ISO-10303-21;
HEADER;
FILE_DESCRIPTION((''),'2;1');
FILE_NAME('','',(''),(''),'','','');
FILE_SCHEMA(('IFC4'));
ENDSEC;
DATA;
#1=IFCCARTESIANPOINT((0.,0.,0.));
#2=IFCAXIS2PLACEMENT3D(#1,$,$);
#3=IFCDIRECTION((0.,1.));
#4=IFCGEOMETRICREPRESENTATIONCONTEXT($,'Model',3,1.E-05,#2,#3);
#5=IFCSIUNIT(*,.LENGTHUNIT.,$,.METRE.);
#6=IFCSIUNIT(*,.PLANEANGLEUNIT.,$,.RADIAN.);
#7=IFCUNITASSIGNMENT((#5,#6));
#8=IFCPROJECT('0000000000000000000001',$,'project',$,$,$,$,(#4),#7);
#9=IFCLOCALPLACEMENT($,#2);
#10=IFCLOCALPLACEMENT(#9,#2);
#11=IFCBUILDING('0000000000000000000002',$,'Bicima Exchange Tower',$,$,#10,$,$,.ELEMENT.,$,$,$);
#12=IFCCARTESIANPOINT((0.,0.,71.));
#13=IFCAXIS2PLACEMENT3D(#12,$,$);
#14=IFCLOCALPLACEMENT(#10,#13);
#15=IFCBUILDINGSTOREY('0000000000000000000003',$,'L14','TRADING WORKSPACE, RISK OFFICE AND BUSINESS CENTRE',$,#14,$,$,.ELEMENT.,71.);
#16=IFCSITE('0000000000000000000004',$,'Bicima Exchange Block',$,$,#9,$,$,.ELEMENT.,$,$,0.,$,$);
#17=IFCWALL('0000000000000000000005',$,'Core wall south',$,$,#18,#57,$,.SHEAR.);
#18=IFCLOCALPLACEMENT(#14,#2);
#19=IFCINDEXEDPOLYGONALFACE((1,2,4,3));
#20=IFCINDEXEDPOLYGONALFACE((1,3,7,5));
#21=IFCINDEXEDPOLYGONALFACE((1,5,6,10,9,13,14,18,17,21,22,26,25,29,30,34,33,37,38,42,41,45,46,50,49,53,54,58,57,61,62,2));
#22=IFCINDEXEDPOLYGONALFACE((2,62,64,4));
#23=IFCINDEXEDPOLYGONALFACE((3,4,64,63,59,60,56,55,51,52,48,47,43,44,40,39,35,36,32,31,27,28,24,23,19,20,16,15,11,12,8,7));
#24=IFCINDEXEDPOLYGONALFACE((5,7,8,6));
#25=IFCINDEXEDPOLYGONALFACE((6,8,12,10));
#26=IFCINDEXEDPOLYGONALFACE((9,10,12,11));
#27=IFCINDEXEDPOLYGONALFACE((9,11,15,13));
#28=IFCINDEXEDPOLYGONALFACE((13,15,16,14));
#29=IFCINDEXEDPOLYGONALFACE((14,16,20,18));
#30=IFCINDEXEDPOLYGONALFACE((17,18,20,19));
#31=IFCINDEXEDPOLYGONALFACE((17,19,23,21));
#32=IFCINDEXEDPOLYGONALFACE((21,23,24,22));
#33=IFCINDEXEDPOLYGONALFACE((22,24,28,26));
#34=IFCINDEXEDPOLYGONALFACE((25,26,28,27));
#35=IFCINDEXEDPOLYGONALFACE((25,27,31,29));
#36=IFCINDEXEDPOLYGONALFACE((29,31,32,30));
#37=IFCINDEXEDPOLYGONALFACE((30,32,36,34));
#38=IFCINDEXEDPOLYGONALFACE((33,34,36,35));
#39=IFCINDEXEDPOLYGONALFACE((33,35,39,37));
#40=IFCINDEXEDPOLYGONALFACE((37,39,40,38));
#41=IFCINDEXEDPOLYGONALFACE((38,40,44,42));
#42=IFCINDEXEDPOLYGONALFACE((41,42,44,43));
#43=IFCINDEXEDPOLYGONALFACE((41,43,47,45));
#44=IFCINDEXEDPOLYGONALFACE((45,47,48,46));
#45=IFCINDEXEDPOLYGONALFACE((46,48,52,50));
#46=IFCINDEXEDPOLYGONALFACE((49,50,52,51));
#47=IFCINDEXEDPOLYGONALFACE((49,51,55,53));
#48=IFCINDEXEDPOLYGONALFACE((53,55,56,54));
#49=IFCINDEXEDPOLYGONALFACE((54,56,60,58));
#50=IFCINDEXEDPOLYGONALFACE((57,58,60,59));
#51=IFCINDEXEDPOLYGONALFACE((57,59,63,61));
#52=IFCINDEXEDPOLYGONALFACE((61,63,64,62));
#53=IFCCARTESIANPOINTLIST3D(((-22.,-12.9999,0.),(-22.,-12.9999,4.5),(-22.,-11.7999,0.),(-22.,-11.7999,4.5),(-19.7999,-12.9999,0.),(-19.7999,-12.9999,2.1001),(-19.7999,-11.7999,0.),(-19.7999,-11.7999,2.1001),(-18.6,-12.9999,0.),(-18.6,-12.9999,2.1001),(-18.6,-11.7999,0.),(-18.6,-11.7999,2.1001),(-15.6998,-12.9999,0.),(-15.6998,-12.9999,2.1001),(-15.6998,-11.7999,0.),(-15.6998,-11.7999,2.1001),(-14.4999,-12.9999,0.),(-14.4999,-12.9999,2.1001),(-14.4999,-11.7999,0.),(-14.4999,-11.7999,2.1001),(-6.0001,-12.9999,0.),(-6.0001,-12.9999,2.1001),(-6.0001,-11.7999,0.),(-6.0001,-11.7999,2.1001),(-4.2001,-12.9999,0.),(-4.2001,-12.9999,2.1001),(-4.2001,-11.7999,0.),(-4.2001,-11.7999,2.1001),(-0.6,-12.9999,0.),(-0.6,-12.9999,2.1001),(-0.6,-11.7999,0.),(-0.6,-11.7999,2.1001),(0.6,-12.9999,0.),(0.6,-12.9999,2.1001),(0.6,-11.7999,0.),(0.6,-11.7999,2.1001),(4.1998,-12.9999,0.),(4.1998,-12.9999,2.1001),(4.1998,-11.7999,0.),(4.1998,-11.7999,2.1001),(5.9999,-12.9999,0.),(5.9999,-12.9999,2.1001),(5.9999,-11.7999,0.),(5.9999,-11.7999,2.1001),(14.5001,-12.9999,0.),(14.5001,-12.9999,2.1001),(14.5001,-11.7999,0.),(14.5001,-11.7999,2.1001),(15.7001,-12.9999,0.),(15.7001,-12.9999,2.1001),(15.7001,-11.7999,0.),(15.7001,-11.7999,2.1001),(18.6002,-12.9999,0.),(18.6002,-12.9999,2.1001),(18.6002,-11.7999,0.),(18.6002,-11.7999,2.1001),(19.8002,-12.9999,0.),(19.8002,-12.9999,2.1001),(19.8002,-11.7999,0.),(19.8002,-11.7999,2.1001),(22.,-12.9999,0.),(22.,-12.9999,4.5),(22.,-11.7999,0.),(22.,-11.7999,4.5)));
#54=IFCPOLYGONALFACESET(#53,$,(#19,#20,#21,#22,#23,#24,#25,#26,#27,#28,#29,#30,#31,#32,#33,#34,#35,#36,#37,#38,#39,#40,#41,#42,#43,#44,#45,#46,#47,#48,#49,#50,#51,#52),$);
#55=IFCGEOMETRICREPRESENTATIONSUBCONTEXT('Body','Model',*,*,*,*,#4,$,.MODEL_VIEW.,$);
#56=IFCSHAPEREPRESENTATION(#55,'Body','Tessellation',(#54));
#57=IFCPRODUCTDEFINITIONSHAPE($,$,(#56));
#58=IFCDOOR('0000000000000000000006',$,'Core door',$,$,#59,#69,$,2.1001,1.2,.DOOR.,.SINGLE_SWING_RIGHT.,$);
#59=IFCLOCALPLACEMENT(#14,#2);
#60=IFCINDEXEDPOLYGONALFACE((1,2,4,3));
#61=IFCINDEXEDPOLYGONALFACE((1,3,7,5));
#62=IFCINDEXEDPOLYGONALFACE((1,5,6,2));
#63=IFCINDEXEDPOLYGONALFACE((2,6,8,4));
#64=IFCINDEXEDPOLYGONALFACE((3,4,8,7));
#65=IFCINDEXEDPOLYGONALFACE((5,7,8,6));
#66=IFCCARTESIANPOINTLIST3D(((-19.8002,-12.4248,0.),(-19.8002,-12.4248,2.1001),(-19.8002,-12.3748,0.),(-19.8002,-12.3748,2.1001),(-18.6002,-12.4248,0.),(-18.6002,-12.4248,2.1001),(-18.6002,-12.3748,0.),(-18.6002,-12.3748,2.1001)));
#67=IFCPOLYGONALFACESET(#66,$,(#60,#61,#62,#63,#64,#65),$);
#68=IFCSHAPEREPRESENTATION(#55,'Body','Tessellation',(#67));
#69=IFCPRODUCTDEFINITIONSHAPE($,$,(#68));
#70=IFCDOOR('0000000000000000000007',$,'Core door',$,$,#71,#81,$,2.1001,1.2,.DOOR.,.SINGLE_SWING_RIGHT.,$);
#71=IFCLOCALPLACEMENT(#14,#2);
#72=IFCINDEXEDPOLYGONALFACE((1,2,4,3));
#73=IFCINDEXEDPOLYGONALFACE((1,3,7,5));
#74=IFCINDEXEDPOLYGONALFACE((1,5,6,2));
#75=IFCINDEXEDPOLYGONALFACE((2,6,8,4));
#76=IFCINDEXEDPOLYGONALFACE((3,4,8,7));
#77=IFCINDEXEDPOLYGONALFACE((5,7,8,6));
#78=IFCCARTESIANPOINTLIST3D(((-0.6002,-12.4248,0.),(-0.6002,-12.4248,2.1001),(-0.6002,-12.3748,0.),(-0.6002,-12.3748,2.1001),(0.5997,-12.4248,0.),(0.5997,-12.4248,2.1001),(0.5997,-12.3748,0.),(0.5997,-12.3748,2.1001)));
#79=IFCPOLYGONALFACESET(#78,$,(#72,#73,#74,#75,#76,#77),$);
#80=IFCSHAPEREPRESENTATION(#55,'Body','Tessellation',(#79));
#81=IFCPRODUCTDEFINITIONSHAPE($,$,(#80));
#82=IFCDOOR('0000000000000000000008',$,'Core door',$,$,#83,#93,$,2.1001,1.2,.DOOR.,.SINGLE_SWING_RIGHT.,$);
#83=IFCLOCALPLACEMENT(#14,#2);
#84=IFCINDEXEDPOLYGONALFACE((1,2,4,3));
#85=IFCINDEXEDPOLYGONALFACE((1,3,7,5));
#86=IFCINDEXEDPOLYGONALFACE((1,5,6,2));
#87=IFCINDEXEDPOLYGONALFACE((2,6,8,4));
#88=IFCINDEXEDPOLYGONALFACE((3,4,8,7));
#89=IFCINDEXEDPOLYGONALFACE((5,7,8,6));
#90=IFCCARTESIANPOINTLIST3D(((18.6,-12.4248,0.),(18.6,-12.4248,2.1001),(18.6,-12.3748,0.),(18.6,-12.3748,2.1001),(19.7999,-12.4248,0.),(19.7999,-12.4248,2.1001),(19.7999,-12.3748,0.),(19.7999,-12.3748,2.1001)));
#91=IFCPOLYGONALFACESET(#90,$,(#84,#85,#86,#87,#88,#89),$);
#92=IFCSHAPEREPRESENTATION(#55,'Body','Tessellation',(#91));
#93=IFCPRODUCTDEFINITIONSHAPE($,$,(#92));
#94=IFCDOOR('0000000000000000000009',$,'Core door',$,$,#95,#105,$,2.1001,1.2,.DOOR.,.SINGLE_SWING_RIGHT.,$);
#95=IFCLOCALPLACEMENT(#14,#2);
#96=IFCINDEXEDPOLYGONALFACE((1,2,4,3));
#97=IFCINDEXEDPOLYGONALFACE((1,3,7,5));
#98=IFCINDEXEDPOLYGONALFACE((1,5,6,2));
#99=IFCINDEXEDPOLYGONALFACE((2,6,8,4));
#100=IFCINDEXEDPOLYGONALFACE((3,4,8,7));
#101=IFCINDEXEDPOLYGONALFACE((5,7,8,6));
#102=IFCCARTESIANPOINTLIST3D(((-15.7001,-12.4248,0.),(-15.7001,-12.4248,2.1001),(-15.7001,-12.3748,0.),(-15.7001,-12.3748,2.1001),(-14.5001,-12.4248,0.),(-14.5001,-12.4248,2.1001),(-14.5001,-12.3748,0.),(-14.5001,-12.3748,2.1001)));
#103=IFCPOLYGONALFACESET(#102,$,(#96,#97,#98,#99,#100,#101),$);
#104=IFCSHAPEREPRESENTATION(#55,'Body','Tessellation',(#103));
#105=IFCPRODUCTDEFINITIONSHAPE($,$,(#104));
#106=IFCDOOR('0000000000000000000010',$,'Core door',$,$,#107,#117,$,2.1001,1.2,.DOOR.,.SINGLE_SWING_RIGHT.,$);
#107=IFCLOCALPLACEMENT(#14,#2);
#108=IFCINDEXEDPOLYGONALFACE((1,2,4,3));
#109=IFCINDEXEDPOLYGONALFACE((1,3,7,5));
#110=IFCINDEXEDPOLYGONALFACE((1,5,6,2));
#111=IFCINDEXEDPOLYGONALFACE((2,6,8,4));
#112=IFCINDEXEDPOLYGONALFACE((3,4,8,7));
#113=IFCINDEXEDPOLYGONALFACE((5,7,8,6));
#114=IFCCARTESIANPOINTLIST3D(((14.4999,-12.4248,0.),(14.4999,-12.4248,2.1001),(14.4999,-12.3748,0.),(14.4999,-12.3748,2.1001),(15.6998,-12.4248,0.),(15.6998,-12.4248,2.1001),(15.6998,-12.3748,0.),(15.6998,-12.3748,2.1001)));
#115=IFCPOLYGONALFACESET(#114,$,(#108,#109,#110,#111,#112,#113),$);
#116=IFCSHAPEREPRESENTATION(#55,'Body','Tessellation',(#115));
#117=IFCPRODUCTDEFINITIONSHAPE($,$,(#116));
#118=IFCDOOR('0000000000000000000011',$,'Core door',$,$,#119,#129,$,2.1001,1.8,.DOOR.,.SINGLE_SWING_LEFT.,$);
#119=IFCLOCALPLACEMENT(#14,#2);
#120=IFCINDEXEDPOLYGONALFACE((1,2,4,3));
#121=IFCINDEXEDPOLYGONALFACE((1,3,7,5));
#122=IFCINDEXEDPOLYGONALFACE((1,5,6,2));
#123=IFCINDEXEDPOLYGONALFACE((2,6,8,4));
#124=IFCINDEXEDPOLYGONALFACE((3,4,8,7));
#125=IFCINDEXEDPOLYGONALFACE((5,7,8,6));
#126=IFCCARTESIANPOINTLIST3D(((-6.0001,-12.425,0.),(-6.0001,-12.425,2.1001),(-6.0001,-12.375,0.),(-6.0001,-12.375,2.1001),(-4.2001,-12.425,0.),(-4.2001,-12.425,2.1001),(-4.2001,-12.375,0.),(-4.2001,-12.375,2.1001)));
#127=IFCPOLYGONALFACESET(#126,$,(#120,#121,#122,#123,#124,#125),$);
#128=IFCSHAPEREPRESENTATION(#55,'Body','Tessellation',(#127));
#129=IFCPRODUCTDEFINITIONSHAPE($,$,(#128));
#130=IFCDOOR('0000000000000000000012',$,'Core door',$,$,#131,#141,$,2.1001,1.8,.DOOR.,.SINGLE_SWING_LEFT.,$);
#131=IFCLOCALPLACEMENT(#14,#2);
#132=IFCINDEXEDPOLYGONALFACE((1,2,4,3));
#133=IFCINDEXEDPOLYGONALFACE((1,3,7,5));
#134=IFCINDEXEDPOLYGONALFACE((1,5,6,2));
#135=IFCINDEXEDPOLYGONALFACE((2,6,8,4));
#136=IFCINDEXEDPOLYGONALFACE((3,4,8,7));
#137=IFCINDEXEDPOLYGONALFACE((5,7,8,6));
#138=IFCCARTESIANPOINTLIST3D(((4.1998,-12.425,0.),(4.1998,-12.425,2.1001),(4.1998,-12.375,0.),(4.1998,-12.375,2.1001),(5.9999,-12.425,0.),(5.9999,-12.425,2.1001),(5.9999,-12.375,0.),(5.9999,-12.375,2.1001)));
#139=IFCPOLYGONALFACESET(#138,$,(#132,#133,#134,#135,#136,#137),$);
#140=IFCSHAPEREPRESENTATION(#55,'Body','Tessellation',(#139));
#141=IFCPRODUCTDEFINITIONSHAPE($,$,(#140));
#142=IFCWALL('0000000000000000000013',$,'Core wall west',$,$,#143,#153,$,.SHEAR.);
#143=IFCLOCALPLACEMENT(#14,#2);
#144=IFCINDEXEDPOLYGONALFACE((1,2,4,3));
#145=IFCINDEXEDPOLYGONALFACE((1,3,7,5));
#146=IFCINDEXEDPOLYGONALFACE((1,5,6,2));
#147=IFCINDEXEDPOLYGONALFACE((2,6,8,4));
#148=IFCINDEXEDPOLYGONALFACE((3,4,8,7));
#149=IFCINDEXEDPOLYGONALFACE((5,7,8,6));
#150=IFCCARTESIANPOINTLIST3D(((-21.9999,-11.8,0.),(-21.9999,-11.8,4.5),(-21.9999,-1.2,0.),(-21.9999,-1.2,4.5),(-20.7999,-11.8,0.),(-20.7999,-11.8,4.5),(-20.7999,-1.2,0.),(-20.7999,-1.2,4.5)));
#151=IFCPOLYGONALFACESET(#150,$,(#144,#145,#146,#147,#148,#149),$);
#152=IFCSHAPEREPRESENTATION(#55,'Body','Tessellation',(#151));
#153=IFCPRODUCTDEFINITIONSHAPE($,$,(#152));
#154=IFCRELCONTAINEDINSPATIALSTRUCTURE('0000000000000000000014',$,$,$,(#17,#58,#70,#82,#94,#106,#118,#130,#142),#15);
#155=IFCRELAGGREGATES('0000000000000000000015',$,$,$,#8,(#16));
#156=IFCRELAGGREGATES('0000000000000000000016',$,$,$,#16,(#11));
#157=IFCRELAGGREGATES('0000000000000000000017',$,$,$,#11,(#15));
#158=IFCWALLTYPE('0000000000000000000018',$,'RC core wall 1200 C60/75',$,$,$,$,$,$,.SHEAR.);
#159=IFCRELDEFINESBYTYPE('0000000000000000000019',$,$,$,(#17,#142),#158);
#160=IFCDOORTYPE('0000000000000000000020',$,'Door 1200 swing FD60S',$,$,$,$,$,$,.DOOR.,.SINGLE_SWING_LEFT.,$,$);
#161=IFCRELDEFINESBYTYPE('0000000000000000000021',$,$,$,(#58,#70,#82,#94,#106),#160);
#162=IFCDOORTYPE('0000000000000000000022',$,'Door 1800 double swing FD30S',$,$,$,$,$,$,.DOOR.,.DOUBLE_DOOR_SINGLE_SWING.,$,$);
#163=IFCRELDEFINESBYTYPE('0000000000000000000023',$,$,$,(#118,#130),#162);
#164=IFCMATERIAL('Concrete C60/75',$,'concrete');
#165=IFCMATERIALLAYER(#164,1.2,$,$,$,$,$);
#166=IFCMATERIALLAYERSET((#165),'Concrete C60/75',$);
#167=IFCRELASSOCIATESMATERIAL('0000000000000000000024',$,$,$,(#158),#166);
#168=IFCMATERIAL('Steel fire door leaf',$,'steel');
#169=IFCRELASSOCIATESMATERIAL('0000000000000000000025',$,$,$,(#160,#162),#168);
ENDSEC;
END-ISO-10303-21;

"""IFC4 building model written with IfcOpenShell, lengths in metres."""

from ifc_helpers import new_model, si_unit, direction, frame, frame_2d, origin, place, context, subcontext, project, spatial, rectangle, extrude, material, layer, layer_set, type_object, element, fill, save


model = new_model("IFC4")

# Units and contexts
model_context = context("Model", 3, precision=1e-05, world=origin(), true_north=direction((0.0, 1.0)))
body_context = subcontext(model_context, "Body", "Model", "MODEL_VIEW")
ifc_project = project(units=[si_unit("LENGTHUNIT", "METRE"), si_unit("PLANEANGLEUNIT", "RADIAN")], contexts=[model_context])

# Site, building, storey
site_placement = place(None, origin())
site = spatial("IfcSite", under=ifc_project, at=site_placement, Name="Bicima Exchange Block", CompositionType="ELEMENT", RefElevation=0.0)
building_placement = place(site_placement, origin())
building = spatial("IfcBuilding", under=site, at=building_placement, Name="Bicima Exchange Tower", CompositionType="ELEMENT")
storey_placement = place(building_placement, frame((0.0, 0.0, 71.0)))
storey = spatial("IfcBuildingStorey", under=building, at=storey_placement, Name="L14", Description="TRADING WORKSPACE, RISK OFFICE AND BUSINESS CENTRE", CompositionType="ELEMENT", Elevation=71.0)

# Shared definitions
ifc_material_1 = material(Name="Steel fire door leaf", Category="steel")

# Wall, openings, doors
ifc_material_2 = material(Name="Concrete C60/75", Category="concrete")
ifc_layer_1 = layer(ifc_material_2, 1.2)
ifc_layer_set_1 = layer_set([ifc_layer_1], Name="Concrete C60/75")
wall_type_1 = type_object("IfcWallType", Name="RC core wall 1200 C60/75", PredefinedType="SHEAR", material=ifc_layer_set_1)
wall_1_placement = place(storey_placement, frame((-22.0, -12.3999, 0.0), z_axis=(0.0, 0.0, 1.0), x_axis=(1.0, 0.0, 0.0)))
wall_1 = element("IfcWall", 1, at=wall_1_placement, inside=storey, type_object=wall_type_1, Name="Core wall south", PredefinedType="SHEAR", context=body_context, shape_type="SweptSolid", body=[
    extrude(rectangle(XDim=44.0, YDim=1.2, at=frame_2d((22.0, 0.0))), origin(), (0.0, 0.0, 1.0), 4.5),
])
opening_1_placement = place(wall_1_placement, frame((2.2, 0.0, 0.0)))
opening_1 = element("IfcOpeningElement", 2, at=opening_1_placement, cuts=wall_1, PredefinedType="OPENING", context=body_context, shape_type="SweptSolid", body=[
    extrude(rectangle(XDim=1.2, YDim=2.1001, at=frame_2d((0.6001, 1.05))), frame((0.0, 0.6118, 0.0), z_axis=(0.0, -1.0, 0.0), x_axis=(1.0, 0.0, 0.0)), (0.0, 0.0, 1.0), 1.2239),
])
opening_2_placement = place(wall_1_placement, frame((21.3999, 0.0, 0.0)))
opening_2 = element("IfcOpeningElement", 3, at=opening_2_placement, cuts=wall_1, PredefinedType="OPENING", context=body_context, shape_type="SweptSolid", body=[
    extrude(rectangle(XDim=1.2, YDim=2.1001, at=frame_2d((0.6001, 1.05))), frame((0.0, 0.6118, 0.0), z_axis=(0.0, -1.0, 0.0), x_axis=(1.0, 0.0, 0.0)), (0.0, 0.0, 1.0), 1.2239),
])
opening_3_placement = place(wall_1_placement, frame((40.6001, 0.0, 0.0)))
opening_3 = element("IfcOpeningElement", 4, at=opening_3_placement, cuts=wall_1, PredefinedType="OPENING", context=body_context, shape_type="SweptSolid", body=[
    extrude(rectangle(XDim=1.2, YDim=2.1001, at=frame_2d((0.6001, 1.05))), frame((0.0, 0.6118, 0.0), z_axis=(0.0, -1.0, 0.0), x_axis=(1.0, 0.0, 0.0)), (0.0, 0.0, 1.0), 1.2239),
])
opening_4_placement = place(wall_1_placement, frame((16.0, 0.0, 0.0)))
opening_4 = element("IfcOpeningElement", 5, at=opening_4_placement, cuts=wall_1, PredefinedType="OPENING", context=body_context, shape_type="SweptSolid", body=[
    extrude(rectangle(XDim=1.8, YDim=2.1001, at=frame_2d((0.8999, 1.05))), frame((0.0, 0.6118, 0.0), z_axis=(0.0, -1.0, 0.0), x_axis=(1.0, 0.0, 0.0)), (0.0, 0.0, 1.0), 1.2239),
])
opening_5_placement = place(wall_1_placement, frame((6.3, 0.0, 0.0)))
opening_5 = element("IfcOpeningElement", 6, at=opening_5_placement, cuts=wall_1, PredefinedType="OPENING", context=body_context, shape_type="SweptSolid", body=[
    extrude(rectangle(XDim=1.2, YDim=2.1001, at=frame_2d((0.6001, 1.05))), frame((0.0, 0.6118, 0.0), z_axis=(0.0, -1.0, 0.0), x_axis=(1.0, 0.0, 0.0)), (0.0, 0.0, 1.0), 1.2239),
])
opening_6_placement = place(wall_1_placement, frame((26.2, 0.0, 0.0)))
opening_6 = element("IfcOpeningElement", 7, at=opening_6_placement, cuts=wall_1, PredefinedType="OPENING", context=body_context, shape_type="SweptSolid", body=[
    extrude(rectangle(XDim=1.8, YDim=2.1001, at=frame_2d((0.8999, 1.05))), frame((0.0, 0.6118, 0.0), z_axis=(0.0, -1.0, 0.0), x_axis=(1.0, 0.0, 0.0)), (0.0, 0.0, 1.0), 1.2239),
])
opening_7_placement = place(wall_1_placement, frame((36.5, 0.0, 0.0)))
opening_7 = element("IfcOpeningElement", 8, at=opening_7_placement, cuts=wall_1, PredefinedType="OPENING", context=body_context, shape_type="SweptSolid", body=[
    extrude(rectangle(XDim=1.2, YDim=2.1001, at=frame_2d((0.6001, 1.05))), frame((0.0, 0.6118, 0.0), z_axis=(0.0, -1.0, 0.0), x_axis=(1.0, 0.0, 0.0)), (0.0, 0.0, 1.0), 1.2239),
])
door_type_1 = type_object("IfcDoorType", Name="Door 1200 swing FD60S", OperationType="SINGLE_SWING_LEFT", PredefinedType="DOOR", material=ifc_material_1)
door_1_placement = place(opening_1_placement, frame((1.2, 0.0, 0.0), z_axis=(0.0, 0.0, 1.0), x_axis=(-1.0, 0.0, 0.0)))
door_1 = element("IfcDoor", 9, at=door_1_placement, inside=storey, type_object=door_type_1, Name="Core door", OperationType="SINGLE_SWING_RIGHT", OverallHeight=2.1001, OverallWidth=1.2, PredefinedType="DOOR", context=body_context, shape_type="SweptSolid", body=[
    extrude(rectangle(XDim=1.2, YDim=2.1001, at=frame_2d((0.6001, 1.05))), frame((0.0, 0.0249, 0.0), z_axis=(0.0, -1.0, 0.0), x_axis=(1.0, 0.0, 0.0)), (0.0, 0.0, 1.0), 0.05),
])
fill(opening_1, door_1)
door_2_placement = place(opening_2_placement, frame((1.2, 0.0, 0.0), z_axis=(0.0, 0.0, 1.0), x_axis=(-1.0, 0.0, 0.0)))
door_2 = element("IfcDoor", 10, at=door_2_placement, inside=storey, type_object=door_type_1, Name="Core door", OperationType="SINGLE_SWING_RIGHT", OverallHeight=2.1001, OverallWidth=1.2, PredefinedType="DOOR", context=body_context, shape_type="SweptSolid", body=[
    extrude(rectangle(XDim=1.2, YDim=2.1001, at=frame_2d((0.6001, 1.05))), frame((0.0, 0.0249, 0.0), z_axis=(0.0, -1.0, 0.0), x_axis=(1.0, 0.0, 0.0)), (0.0, 0.0, 1.0), 0.05),
])
fill(opening_2, door_2)
door_3_placement = place(opening_3_placement, frame((1.2, 0.0, 0.0), z_axis=(0.0, 0.0, 1.0), x_axis=(-1.0, 0.0, 0.0)))
door_3 = element("IfcDoor", 11, at=door_3_placement, inside=storey, type_object=door_type_1, Name="Core door", OperationType="SINGLE_SWING_RIGHT", OverallHeight=2.1001, OverallWidth=1.2, PredefinedType="DOOR", context=body_context, shape_type="SweptSolid", body=[
    extrude(rectangle(XDim=1.2, YDim=2.1001, at=frame_2d((0.6001, 1.05))), frame((0.0, 0.0249, 0.0), z_axis=(0.0, -1.0, 0.0), x_axis=(1.0, 0.0, 0.0)), (0.0, 0.0, 1.0), 0.05),
])
fill(opening_3, door_3)
door_4_placement = place(opening_5_placement, frame((1.2, 0.0, 0.0), z_axis=(0.0, 0.0, 1.0), x_axis=(-1.0, 0.0, 0.0)))
door_4 = element("IfcDoor", 12, at=door_4_placement, inside=storey, type_object=door_type_1, Name="Core door", OperationType="SINGLE_SWING_RIGHT", OverallHeight=2.1001, OverallWidth=1.2, PredefinedType="DOOR", context=body_context, shape_type="SweptSolid", body=[
    extrude(rectangle(XDim=1.2, YDim=2.1001, at=frame_2d((0.6001, 1.05))), frame((0.0, 0.0249, 0.0), z_axis=(0.0, -1.0, 0.0), x_axis=(1.0, 0.0, 0.0)), (0.0, 0.0, 1.0), 0.05),
])
fill(opening_5, door_4)
door_5_placement = place(opening_7_placement, frame((1.2, 0.0, 0.0), z_axis=(0.0, 0.0, 1.0), x_axis=(-1.0, 0.0, 0.0)))
door_5 = element("IfcDoor", 13, at=door_5_placement, inside=storey, type_object=door_type_1, Name="Core door", OperationType="SINGLE_SWING_RIGHT", OverallHeight=2.1001, OverallWidth=1.2, PredefinedType="DOOR", context=body_context, shape_type="SweptSolid", body=[
    extrude(rectangle(XDim=1.2, YDim=2.1001, at=frame_2d((0.6001, 1.05))), frame((0.0, 0.0249, 0.0), z_axis=(0.0, -1.0, 0.0), x_axis=(1.0, 0.0, 0.0)), (0.0, 0.0, 1.0), 0.05),
])
fill(opening_7, door_5)
door_type_2 = type_object("IfcDoorType", Name="Door 1800 double swing FD30S", OperationType="DOUBLE_DOOR_SINGLE_SWING", PredefinedType="DOOR", material=ifc_material_1)
door_6_placement = place(opening_4_placement, origin())
door_6 = element("IfcDoor", 14, at=door_6_placement, inside=storey, type_object=door_type_2, Name="Core door", OperationType="SINGLE_SWING_LEFT", OverallHeight=2.1001, OverallWidth=1.8, PredefinedType="DOOR", context=body_context, shape_type="SweptSolid", body=[
    extrude(rectangle(XDim=1.8, YDim=2.1001, at=frame_2d((0.8999, 1.05))), frame((0.0, 0.0249, 0.0), z_axis=(0.0, -1.0, 0.0), x_axis=(1.0, 0.0, 0.0)), (0.0, 0.0, 1.0), 0.05),
])
fill(opening_4, door_6)
door_7_placement = place(opening_6_placement, origin())
door_7 = element("IfcDoor", 15, at=door_7_placement, inside=storey, type_object=door_type_2, Name="Core door", OperationType="SINGLE_SWING_LEFT", OverallHeight=2.1001, OverallWidth=1.8, PredefinedType="DOOR", context=body_context, shape_type="SweptSolid", body=[
    extrude(rectangle(XDim=1.8, YDim=2.1001, at=frame_2d((0.8999, 1.05))), frame((0.0, 0.0249, 0.0), z_axis=(0.0, -1.0, 0.0), x_axis=(1.0, 0.0, 0.0)), (0.0, 0.0, 1.0), 0.05),
])
fill(opening_6, door_7)

# Wall
wall_2_placement = place(storey_placement, frame((-21.3999, -11.8, 0.0), z_axis=(0.0, 0.0, 1.0), x_axis=(0.0, 1.0, 0.0)))
element("IfcWall", 16, at=wall_2_placement, inside=storey, type_object=wall_type_1, Name="Core wall west", PredefinedType="SHEAR", context=body_context, shape_type="SweptSolid", body=[
    extrude(rectangle(XDim=10.6001, YDim=1.2, at=frame_2d((5.3, 0.0))), origin(), (0.0, 0.0, 1.0), 4.5),
])

save(model, "model.ifc")
